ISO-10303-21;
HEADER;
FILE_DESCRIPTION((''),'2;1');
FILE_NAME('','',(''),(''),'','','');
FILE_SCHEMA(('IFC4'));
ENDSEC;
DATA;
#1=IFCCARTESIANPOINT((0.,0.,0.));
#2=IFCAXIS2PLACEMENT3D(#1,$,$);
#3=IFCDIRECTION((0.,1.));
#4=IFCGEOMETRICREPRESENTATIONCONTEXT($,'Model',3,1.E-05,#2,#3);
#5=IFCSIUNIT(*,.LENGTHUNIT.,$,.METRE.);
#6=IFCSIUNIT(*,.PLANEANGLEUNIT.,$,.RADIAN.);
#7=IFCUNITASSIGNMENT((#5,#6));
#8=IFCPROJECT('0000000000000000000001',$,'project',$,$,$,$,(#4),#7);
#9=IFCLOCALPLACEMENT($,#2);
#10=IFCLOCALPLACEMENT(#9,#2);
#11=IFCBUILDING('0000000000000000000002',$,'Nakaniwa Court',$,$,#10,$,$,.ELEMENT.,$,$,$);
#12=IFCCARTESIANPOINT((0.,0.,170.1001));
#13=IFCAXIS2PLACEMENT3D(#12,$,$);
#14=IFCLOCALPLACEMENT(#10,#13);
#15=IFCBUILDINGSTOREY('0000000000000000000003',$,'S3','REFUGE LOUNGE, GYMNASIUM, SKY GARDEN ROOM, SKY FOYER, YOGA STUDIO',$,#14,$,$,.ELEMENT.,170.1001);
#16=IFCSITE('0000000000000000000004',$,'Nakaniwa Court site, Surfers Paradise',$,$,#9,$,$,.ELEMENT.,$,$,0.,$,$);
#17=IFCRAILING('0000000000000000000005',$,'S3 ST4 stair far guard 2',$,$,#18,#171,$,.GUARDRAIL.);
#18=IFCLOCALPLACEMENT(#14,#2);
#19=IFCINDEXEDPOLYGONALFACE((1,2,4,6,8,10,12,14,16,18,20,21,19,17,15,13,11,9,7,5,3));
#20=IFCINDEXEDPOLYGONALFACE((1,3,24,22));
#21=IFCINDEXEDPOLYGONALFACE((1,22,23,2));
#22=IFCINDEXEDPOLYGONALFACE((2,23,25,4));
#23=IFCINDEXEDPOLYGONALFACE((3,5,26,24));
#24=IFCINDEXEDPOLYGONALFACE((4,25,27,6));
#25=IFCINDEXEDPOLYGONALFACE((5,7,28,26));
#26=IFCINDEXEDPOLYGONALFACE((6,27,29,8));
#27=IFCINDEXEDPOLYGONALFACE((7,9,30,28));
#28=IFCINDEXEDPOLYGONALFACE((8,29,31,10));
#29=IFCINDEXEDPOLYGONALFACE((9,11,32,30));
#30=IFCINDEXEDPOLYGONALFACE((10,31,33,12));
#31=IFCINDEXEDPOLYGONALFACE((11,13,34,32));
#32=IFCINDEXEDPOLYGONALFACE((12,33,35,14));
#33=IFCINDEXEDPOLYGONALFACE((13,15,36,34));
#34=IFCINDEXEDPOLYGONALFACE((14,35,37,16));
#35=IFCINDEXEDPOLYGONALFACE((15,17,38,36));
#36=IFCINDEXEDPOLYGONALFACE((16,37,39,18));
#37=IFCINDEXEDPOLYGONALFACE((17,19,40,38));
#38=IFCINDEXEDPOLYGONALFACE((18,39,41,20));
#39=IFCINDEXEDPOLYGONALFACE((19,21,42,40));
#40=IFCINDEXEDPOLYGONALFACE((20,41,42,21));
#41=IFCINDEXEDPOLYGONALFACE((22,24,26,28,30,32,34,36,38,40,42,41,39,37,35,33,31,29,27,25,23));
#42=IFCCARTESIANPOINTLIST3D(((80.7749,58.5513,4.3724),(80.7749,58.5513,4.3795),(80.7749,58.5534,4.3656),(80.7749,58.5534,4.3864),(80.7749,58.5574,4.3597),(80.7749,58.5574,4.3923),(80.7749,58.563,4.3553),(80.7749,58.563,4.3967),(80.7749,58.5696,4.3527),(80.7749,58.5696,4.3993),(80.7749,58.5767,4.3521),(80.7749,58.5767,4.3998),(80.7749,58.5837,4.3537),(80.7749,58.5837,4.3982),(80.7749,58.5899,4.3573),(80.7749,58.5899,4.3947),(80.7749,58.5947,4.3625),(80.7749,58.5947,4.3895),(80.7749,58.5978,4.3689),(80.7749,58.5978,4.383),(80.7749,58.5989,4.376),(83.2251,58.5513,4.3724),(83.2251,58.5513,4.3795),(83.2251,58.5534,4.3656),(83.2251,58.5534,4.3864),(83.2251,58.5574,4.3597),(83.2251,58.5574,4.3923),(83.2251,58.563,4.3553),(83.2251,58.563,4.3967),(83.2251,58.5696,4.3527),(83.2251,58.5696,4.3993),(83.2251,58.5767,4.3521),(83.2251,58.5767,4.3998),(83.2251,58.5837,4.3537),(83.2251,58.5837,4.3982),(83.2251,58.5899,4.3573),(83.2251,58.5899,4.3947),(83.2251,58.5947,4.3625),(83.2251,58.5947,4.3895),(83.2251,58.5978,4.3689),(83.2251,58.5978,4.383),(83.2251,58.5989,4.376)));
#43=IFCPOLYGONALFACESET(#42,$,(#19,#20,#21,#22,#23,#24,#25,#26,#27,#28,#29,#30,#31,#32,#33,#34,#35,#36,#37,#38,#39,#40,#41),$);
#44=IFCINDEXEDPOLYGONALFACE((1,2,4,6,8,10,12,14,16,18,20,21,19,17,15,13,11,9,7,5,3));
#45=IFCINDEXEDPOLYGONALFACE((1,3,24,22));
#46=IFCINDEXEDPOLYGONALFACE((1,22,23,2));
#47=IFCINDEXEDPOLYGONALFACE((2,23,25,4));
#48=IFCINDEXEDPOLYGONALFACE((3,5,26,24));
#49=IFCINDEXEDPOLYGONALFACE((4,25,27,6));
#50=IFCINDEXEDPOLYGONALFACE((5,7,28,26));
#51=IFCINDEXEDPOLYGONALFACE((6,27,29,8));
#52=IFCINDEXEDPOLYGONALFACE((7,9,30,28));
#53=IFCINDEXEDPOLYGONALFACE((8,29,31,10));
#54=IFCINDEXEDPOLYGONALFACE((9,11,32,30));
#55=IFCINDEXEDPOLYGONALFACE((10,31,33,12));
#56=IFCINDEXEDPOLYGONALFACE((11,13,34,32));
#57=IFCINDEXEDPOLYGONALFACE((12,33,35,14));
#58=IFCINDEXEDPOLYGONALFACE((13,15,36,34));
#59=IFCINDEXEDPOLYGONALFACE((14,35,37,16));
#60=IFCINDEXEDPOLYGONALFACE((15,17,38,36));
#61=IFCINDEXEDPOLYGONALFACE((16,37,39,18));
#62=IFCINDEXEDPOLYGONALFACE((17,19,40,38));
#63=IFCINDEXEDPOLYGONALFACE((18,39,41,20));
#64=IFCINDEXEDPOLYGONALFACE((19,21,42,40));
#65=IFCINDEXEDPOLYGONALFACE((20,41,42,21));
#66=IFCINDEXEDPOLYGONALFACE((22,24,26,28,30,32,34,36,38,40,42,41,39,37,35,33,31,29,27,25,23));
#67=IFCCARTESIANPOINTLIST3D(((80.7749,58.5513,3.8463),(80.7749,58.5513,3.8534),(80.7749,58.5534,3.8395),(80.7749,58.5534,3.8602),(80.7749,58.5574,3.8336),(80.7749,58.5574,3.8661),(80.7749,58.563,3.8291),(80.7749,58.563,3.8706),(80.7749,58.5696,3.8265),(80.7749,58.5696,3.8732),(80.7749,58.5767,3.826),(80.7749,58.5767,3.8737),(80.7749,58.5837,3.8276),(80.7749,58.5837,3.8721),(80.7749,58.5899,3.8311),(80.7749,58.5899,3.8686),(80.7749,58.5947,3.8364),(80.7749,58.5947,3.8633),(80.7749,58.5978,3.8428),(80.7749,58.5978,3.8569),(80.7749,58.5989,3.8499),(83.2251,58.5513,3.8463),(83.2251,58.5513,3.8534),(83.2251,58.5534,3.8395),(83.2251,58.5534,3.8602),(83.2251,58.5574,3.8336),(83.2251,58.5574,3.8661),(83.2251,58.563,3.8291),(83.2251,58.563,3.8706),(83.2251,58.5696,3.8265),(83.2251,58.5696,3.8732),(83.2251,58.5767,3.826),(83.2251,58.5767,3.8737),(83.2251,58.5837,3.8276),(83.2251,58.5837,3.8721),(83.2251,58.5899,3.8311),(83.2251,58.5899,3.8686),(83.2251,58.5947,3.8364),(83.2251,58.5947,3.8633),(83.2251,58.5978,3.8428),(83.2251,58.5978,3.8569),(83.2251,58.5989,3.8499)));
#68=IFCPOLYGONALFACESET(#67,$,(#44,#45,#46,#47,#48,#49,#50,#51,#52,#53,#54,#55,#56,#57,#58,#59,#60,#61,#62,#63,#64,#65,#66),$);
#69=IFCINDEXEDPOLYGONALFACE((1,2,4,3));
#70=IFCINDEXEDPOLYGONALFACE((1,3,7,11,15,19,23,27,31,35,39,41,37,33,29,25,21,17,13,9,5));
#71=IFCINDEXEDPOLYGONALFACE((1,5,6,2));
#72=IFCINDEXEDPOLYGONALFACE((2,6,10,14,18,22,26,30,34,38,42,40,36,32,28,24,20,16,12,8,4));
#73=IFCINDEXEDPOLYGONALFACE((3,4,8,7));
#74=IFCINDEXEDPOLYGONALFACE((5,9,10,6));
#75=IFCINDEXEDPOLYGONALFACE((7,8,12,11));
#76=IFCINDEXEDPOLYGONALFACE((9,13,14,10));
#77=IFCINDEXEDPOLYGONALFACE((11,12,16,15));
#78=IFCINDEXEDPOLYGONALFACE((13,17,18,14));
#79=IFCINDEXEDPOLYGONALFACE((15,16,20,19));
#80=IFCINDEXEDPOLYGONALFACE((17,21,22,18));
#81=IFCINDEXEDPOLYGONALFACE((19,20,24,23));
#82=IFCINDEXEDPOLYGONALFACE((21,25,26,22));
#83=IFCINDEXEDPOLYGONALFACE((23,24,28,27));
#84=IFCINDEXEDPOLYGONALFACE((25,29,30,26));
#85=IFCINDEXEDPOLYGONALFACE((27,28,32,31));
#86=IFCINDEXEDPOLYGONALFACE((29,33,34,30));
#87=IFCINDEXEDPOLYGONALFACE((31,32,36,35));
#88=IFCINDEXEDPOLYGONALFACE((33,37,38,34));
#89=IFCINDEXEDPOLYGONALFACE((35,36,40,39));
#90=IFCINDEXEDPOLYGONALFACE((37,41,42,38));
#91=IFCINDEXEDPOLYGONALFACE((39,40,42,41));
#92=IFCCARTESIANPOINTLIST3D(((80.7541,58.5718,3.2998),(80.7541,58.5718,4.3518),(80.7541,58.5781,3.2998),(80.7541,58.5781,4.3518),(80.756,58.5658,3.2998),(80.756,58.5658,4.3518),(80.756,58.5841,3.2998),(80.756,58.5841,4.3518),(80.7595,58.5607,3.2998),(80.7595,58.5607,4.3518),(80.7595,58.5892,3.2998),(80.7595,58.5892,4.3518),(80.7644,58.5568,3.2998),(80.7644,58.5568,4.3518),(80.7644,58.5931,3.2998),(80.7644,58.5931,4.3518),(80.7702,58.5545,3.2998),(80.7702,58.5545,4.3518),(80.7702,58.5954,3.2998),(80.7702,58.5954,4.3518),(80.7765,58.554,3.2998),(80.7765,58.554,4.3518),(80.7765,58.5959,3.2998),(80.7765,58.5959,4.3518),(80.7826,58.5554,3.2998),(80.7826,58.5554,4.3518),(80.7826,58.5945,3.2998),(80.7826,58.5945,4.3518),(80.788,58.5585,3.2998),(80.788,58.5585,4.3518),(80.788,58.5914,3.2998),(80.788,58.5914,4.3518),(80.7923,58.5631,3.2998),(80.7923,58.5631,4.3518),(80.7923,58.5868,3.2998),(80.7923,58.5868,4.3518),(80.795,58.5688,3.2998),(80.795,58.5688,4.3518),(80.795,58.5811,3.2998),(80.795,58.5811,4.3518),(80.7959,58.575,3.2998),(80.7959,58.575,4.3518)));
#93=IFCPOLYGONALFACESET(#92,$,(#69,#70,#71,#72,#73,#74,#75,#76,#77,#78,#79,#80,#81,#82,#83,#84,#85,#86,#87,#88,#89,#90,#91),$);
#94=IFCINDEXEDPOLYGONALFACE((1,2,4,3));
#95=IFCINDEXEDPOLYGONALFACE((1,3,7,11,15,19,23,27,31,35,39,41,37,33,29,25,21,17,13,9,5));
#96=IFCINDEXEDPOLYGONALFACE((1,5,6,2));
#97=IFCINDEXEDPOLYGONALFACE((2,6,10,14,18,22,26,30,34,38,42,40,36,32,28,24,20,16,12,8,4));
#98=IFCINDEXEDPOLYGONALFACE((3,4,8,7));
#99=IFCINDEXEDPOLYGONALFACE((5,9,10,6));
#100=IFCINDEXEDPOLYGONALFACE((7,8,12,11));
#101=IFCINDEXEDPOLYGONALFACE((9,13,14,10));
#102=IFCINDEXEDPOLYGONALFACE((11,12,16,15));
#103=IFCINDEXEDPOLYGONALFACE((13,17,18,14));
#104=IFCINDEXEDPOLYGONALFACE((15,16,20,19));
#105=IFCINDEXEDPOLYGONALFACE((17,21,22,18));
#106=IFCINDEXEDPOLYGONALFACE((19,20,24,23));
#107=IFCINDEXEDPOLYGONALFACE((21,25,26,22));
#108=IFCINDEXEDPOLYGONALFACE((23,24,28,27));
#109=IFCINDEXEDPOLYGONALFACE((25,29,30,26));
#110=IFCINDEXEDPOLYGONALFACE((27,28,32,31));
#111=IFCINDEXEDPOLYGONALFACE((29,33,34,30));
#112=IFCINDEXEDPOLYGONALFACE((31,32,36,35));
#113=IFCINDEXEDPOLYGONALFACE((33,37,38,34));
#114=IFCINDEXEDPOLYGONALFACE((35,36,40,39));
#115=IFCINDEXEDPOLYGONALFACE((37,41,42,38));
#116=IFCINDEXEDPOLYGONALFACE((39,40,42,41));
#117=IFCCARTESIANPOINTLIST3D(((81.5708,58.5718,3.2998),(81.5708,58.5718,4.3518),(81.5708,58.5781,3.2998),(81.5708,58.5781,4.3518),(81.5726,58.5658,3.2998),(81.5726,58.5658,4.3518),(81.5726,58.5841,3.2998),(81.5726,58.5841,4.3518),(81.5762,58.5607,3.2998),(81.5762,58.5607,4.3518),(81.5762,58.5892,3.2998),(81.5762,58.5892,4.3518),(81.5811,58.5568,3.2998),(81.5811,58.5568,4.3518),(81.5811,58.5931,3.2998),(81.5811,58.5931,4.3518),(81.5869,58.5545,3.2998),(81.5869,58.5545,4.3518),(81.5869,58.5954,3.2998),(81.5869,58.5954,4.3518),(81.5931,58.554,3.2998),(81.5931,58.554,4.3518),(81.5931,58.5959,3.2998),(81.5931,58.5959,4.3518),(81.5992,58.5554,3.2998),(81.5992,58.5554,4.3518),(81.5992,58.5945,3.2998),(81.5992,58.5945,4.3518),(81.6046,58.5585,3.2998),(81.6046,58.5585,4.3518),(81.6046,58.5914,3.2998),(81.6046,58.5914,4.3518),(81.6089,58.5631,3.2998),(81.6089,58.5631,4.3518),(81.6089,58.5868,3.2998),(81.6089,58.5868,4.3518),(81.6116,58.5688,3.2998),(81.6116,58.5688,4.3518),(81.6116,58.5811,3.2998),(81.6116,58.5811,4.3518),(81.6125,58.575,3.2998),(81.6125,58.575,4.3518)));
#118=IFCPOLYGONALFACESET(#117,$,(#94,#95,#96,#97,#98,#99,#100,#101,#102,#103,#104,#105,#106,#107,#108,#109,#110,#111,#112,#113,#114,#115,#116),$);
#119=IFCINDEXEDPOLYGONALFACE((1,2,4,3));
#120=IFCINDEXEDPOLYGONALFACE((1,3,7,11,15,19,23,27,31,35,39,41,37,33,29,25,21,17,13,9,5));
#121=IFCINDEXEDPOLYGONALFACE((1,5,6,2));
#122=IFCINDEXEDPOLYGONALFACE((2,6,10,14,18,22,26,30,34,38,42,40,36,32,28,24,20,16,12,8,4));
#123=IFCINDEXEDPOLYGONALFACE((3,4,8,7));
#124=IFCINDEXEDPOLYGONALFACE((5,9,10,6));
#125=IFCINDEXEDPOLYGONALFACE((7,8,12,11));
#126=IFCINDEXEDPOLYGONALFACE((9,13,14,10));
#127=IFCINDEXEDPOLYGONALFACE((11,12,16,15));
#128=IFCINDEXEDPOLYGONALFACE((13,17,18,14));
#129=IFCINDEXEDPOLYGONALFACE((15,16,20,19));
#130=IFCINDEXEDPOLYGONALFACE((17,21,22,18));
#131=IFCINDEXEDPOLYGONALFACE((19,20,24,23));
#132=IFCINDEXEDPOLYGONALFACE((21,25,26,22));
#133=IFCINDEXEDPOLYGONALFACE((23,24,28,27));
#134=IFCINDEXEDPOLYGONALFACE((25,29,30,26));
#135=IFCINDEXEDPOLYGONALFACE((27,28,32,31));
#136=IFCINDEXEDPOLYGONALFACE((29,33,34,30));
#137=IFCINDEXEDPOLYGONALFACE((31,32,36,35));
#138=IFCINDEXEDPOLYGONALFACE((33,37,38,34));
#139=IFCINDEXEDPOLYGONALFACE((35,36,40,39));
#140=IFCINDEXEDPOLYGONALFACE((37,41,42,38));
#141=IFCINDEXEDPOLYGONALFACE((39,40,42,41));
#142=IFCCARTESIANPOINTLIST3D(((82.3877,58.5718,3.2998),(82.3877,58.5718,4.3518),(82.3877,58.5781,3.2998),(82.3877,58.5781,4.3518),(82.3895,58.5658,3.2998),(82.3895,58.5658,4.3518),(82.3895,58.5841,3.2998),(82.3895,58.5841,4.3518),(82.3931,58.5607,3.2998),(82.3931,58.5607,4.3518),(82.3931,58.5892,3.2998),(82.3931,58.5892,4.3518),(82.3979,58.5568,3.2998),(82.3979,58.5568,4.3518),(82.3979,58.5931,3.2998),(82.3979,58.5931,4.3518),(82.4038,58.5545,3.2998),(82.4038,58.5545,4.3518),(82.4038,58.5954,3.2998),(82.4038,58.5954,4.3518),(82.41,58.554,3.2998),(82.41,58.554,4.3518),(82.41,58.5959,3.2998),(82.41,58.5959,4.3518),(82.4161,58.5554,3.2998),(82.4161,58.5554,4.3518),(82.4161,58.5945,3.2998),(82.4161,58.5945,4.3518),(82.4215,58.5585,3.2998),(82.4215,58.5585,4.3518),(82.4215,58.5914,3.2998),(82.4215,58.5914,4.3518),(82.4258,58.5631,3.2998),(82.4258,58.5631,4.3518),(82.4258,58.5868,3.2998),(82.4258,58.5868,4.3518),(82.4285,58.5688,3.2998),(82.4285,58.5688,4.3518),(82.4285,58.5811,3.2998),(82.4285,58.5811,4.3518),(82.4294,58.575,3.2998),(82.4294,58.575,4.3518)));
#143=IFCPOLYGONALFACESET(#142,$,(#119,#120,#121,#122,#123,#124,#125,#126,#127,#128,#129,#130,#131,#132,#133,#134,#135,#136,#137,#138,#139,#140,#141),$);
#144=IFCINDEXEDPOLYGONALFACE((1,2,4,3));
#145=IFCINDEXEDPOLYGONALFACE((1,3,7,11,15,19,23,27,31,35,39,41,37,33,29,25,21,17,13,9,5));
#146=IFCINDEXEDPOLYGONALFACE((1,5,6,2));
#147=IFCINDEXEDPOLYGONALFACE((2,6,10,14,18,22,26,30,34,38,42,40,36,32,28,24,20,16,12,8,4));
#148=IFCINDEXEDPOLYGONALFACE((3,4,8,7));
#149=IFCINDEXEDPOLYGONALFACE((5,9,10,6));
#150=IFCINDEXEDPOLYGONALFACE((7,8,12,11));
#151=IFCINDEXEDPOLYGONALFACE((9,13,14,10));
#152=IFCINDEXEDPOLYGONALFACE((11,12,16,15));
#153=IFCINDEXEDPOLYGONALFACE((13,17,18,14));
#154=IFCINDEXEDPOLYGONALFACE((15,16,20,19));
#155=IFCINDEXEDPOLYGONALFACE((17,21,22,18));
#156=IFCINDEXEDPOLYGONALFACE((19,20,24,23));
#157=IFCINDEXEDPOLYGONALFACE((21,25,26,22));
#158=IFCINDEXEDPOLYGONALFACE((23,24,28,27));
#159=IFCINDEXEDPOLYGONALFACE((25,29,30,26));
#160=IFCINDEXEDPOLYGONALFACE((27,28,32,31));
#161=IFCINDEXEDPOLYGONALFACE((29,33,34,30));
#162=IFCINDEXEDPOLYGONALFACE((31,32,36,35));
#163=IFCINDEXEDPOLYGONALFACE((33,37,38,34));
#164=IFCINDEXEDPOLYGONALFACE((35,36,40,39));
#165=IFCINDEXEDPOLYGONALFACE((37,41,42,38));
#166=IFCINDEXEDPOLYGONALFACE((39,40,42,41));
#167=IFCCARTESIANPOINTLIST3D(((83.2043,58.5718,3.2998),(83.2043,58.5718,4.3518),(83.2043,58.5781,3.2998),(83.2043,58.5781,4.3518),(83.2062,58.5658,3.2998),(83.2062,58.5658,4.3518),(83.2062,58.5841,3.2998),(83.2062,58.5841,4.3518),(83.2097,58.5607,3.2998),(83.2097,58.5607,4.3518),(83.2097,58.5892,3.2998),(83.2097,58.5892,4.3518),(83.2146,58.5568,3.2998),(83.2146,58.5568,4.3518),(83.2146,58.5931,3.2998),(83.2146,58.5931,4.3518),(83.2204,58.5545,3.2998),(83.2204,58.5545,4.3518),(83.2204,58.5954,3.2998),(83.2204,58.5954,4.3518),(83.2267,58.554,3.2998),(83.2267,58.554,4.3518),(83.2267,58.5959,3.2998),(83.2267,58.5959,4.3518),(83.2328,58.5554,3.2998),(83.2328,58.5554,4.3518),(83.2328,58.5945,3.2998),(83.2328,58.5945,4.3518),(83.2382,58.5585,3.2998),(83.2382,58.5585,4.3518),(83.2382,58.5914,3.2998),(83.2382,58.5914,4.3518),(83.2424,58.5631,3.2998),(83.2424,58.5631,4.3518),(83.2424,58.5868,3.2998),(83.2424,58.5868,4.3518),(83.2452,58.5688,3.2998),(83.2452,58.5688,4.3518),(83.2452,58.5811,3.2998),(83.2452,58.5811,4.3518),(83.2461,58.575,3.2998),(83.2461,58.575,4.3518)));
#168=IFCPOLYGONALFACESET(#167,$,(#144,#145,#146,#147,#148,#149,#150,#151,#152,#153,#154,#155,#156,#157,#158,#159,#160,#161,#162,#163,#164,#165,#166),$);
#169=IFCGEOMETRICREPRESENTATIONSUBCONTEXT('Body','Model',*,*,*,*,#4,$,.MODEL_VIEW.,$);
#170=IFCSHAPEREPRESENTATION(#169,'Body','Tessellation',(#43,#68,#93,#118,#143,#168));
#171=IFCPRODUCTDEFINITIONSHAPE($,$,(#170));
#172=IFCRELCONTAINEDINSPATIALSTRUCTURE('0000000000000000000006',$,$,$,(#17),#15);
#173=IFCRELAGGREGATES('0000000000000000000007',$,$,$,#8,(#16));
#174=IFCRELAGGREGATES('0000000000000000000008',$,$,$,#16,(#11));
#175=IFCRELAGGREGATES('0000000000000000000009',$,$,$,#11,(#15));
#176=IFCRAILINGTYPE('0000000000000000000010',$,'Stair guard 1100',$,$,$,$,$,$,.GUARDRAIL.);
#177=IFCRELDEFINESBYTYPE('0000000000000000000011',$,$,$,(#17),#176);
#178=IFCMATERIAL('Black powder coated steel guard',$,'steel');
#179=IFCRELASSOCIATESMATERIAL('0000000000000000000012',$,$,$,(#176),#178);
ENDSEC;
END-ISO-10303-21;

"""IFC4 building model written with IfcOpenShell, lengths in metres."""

from ifc_helpers import new_model, si_unit, direction, frame, origin, origin_2d, place, context, subcontext, project, spatial, circle, extrude, material, type_object, element, save


model = new_model("IFC4")

# Units and contexts
model_context = context("Model", 3, precision=1e-05, world=origin(), true_north=direction((0.0, 1.0)))
body_context = subcontext(model_context, "Body", "Model", "MODEL_VIEW")
ifc_project = project(units=[si_unit("LENGTHUNIT", "METRE"), si_unit("PLANEANGLEUNIT", "RADIAN")], contexts=[model_context])

# Site, building, storey
site_placement = place(None, origin())
site = spatial("IfcSite", under=ifc_project, at=site_placement, Name="Nakaniwa Court site, Surfers Paradise", CompositionType="ELEMENT", RefElevation=0.0)
building_placement = place(site_placement, origin())
building = spatial("IfcBuilding", under=site, at=building_placement, Name="Nakaniwa Court", CompositionType="ELEMENT")
storey_placement = place(building_placement, frame((0.0, 0.0, 170.1001)))
storey = spatial("IfcBuildingStorey", under=building, at=storey_placement, Name="S3", Description="REFUGE LOUNGE, GYMNASIUM, SKY GARDEN ROOM, SKY FOYER, YOGA STUDIO", CompositionType="ELEMENT", Elevation=170.1001)

# Railing
ifc_material_1 = material(Name="Black powder coated steel guard", Category="steel")
railing_type_1 = type_object("IfcRailingType", Name="Stair guard 1100", PredefinedType="GUARDRAIL", material=ifc_material_1)
for number, where, name in (
    (1, (80.7749, 58.575, 3.2998), "S3 ST4 stair far guard 2"),
):
    element("IfcRailing", number, at=place(storey_placement, frame(where)), inside=storey, type_object=railing_type_1, Name=name, PredefinedType="GUARDRAIL", context=body_context, shape_type="SweptSolid", body=[
        extrude(circle(Radius=0.0239, at=origin_2d()), frame((0.0, 0.0, 1.0762), z_axis=(1.0, 0.0, 0.0), x_axis=(0.0, 1.0, 0.0)), (0.0, 0.0, 1.0), 2.4502),
        extrude(circle(Radius=0.0239, at=origin_2d()), frame((0.0, 0.0, 0.55), z_axis=(1.0, 0.0, 0.0), x_axis=(0.0, 1.0, 0.0)), (0.0, 0.0, 1.0), 2.4502),
        extrude(circle(Radius=0.021, at=origin_2d()), origin(), (0.0, 0.0, 1.0), 1.052),
        extrude(circle(Radius=0.021, at=origin_2d()), frame((0.8167, 0.0, 0.0)), (0.0, 0.0, 1.0), 1.052),
        extrude(circle(Radius=0.021, at=origin_2d()), frame((1.6335, 0.0, 0.0)), (0.0, 0.0, 1.0), 1.052),
        extrude(circle(Radius=0.021, at=origin_2d()), frame((2.4502, 0.0, 0.0)), (0.0, 0.0, 1.0), 1.052),
    ])

save(model, "model.ifc")
